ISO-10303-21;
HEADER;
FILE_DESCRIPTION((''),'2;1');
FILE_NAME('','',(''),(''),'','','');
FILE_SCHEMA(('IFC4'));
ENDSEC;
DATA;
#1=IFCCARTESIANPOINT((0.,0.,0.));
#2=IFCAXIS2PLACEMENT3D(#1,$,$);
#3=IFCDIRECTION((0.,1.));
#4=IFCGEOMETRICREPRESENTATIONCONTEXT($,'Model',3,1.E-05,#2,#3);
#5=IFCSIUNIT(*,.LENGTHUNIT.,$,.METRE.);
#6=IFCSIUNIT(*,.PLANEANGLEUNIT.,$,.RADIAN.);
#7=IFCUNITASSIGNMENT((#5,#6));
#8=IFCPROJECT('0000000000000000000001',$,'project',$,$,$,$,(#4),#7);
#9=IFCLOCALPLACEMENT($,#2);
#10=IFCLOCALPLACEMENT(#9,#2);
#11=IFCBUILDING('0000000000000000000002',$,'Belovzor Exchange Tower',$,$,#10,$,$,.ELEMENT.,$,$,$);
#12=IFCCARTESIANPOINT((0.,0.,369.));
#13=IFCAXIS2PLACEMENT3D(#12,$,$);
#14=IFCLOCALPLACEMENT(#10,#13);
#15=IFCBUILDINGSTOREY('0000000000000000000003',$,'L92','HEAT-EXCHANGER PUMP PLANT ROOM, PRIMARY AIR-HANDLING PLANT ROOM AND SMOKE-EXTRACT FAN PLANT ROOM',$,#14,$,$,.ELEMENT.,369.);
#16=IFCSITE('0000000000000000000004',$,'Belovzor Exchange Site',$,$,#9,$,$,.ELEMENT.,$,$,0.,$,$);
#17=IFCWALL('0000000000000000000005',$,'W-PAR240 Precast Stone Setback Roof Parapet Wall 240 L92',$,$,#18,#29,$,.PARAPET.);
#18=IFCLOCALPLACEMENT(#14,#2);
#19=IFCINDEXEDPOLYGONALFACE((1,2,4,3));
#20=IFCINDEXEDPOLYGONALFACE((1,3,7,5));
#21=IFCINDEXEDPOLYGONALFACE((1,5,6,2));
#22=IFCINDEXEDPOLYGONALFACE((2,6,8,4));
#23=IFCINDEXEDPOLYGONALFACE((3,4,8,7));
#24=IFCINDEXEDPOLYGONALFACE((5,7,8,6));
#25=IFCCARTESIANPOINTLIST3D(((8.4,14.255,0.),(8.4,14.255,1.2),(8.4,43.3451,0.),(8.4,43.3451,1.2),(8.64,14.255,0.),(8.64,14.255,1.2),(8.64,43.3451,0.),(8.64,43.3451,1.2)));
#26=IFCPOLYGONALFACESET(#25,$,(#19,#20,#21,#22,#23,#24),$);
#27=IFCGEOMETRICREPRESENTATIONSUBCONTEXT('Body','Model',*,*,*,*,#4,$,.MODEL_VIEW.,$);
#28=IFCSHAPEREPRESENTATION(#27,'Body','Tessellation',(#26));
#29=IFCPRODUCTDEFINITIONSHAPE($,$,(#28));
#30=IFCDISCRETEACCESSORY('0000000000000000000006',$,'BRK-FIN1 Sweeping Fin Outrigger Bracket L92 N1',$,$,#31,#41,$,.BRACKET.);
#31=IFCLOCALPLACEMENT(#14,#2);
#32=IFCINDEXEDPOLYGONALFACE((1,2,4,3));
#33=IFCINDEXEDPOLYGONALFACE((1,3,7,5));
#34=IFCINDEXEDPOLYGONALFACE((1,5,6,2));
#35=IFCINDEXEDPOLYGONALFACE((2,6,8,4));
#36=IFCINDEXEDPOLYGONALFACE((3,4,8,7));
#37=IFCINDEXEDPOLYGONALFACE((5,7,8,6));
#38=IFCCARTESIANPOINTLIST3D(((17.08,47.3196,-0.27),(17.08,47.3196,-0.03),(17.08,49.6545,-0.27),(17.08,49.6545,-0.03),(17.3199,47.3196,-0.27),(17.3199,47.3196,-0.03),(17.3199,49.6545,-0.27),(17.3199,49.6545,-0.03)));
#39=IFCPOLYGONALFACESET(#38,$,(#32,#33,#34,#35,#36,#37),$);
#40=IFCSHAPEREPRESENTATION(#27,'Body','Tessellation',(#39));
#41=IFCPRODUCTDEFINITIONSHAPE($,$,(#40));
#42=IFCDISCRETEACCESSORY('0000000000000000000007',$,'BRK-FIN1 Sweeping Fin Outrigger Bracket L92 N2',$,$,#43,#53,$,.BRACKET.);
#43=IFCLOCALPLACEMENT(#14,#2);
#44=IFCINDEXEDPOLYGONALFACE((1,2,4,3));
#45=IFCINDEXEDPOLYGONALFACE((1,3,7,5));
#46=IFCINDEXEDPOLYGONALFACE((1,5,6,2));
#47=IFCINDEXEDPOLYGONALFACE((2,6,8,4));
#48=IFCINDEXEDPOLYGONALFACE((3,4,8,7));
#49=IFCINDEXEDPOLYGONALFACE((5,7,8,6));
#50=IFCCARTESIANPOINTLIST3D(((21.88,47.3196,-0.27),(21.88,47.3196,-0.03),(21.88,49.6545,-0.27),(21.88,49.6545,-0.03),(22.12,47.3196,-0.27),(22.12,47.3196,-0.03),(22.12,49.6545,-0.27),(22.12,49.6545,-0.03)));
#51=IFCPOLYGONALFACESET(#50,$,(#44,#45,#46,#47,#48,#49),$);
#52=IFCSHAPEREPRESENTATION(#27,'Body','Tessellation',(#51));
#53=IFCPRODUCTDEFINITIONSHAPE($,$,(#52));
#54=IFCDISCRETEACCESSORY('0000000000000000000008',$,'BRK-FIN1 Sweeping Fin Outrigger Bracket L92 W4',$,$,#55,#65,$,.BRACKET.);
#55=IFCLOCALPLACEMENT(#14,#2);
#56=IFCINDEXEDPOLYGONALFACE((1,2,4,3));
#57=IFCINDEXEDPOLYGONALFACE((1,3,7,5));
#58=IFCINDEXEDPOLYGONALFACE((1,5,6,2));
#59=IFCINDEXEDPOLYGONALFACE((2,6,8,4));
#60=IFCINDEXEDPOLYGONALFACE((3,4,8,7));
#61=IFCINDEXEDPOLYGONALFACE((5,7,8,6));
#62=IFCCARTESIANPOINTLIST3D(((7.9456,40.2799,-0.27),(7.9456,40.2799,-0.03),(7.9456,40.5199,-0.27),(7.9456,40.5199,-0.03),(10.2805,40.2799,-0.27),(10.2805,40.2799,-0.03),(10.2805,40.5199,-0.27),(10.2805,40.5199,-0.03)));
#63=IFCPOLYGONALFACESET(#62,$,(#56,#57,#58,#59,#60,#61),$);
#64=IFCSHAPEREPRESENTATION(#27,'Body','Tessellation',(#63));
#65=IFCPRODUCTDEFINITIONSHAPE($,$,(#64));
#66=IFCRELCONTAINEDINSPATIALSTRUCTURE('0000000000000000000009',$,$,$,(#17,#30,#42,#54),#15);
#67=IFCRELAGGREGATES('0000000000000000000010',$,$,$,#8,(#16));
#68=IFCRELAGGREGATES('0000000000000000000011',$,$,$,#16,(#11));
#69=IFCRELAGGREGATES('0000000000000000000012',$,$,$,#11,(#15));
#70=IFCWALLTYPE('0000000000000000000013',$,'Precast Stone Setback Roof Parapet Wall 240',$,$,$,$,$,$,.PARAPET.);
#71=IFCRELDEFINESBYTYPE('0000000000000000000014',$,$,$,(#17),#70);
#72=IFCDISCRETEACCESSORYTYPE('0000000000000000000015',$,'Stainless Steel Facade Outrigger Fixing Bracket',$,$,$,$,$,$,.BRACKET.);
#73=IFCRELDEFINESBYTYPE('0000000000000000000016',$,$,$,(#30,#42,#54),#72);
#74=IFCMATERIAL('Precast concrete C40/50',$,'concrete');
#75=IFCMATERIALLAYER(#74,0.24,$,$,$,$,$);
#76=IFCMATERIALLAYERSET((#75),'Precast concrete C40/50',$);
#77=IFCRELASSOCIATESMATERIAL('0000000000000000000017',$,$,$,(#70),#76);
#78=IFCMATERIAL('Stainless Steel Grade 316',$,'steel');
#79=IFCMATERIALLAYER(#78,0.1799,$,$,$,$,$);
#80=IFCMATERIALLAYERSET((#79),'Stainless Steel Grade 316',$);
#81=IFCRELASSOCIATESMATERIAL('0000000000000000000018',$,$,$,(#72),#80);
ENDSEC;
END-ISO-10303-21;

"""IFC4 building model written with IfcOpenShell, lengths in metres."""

from ifc_helpers import new_model, si_unit, direction, frame, frame_2d, origin, origin_2d, place, context, subcontext, project, spatial, rectangle, extrude, material, layer, layer_set, type_object, element, save


model = new_model("IFC4")

# Units and contexts
model_context = context("Model", 3, precision=1e-05, world=origin(), true_north=direction((0.0, 1.0)))
body_context = subcontext(model_context, "Body", "Model", "MODEL_VIEW")
ifc_project = project(units=[si_unit("LENGTHUNIT", "METRE"), si_unit("PLANEANGLEUNIT", "RADIAN")], contexts=[model_context])

# Site, building, storey
site_placement = place(None, origin())
site = spatial("IfcSite", under=ifc_project, at=site_placement, Name="Belovzor Exchange Site", CompositionType="ELEMENT", RefElevation=0.0)
building_placement = place(site_placement, origin())
building = spatial("IfcBuilding", under=site, at=building_placement, Name="Belovzor Exchange Tower", CompositionType="ELEMENT")
storey_placement = place(building_placement, frame((0.0, 0.0, 369.0)))
storey = spatial("IfcBuildingStorey", under=building, at=storey_placement, Name="L92", Description="HEAT-EXCHANGER PUMP PLANT ROOM, PRIMARY AIR-HANDLING PLANT ROOM AND SMOKE-EXTRACT FAN PLANT ROOM", CompositionType="ELEMENT", Elevation=369.0)

# Wall
ifc_material_1 = material(Name="Precast concrete C40/50", Category="concrete")
ifc_layer_1 = layer(ifc_material_1, 0.24)
ifc_layer_set_1 = layer_set([ifc_layer_1], Name="Precast concrete C40/50")
wall_type_1 = type_object("IfcWallType", Name="Precast Stone Setback Roof Parapet Wall 240", PredefinedType="PARAPET", material=ifc_layer_set_1)
wall_1_placement = place(storey_placement, frame((8.52, 43.345, 0.0), z_axis=(0.0, 0.0, 1.0), x_axis=(0.0, -1.0, 0.0)))
element("IfcWall", 1, at=wall_1_placement, inside=storey, type_object=wall_type_1, Name="W-PAR240 Precast Stone Setback Roof Parapet Wall 240 L92", PredefinedType="PARAPET", context=body_context, shape_type="SweptSolid", body=[
    extrude(rectangle(XDim=29.0901, YDim=0.24, at=frame_2d((14.5449, 0.0))), origin(), (0.0, 0.0, 1.0), 1.2),
])

# Discrete accessories
ifc_material_2 = material(Name="Stainless Steel Grade 316", Category="steel")
ifc_layer_2 = layer(ifc_material_2, 0.1799)
ifc_layer_set_2 = layer_set([ifc_layer_2], Name="Stainless Steel Grade 316")
discrete_accessory_type = type_object("IfcDiscreteAccessoryType", Name="Stainless Steel Facade Outrigger Fixing Bracket", PredefinedType="BRACKET", material=ifc_layer_set_2)
for number, where, z_axis, x_axis, name in (
    (2, (17.2, 48.4871, -0.27), (0.0, 0.0, 1.0), (0.0, 1.0, 0.0), "BRK-FIN1 Sweeping Fin Outrigger Bracket L92 N1"),
    (3, (22.0, 48.4871, -0.27), (0.0, 0.0, 1.0), (0.0, 1.0, 0.0), "BRK-FIN1 Sweeping Fin Outrigger Bracket L92 N2"),
    (4, (9.113, 40.3999, -0.27), (0.0, 0.0, 1.0), (1.0, 0.0, 0.0), "BRK-FIN1 Sweeping Fin Outrigger Bracket L92 W4"),
):
    element("IfcDiscreteAccessory", number, at=place(storey_placement, frame(where, z_axis=z_axis, x_axis=x_axis)), inside=storey, type_object=discrete_accessory_type, Name=name, PredefinedType="BRACKET", context=body_context, shape_type="SweptSolid", body=[
        extrude(rectangle(XDim=2.335, YDim=0.24, at=origin_2d()), origin(), (0.0, 0.0, 1.0), 0.24),
    ])

save(model, "model.ifc")
